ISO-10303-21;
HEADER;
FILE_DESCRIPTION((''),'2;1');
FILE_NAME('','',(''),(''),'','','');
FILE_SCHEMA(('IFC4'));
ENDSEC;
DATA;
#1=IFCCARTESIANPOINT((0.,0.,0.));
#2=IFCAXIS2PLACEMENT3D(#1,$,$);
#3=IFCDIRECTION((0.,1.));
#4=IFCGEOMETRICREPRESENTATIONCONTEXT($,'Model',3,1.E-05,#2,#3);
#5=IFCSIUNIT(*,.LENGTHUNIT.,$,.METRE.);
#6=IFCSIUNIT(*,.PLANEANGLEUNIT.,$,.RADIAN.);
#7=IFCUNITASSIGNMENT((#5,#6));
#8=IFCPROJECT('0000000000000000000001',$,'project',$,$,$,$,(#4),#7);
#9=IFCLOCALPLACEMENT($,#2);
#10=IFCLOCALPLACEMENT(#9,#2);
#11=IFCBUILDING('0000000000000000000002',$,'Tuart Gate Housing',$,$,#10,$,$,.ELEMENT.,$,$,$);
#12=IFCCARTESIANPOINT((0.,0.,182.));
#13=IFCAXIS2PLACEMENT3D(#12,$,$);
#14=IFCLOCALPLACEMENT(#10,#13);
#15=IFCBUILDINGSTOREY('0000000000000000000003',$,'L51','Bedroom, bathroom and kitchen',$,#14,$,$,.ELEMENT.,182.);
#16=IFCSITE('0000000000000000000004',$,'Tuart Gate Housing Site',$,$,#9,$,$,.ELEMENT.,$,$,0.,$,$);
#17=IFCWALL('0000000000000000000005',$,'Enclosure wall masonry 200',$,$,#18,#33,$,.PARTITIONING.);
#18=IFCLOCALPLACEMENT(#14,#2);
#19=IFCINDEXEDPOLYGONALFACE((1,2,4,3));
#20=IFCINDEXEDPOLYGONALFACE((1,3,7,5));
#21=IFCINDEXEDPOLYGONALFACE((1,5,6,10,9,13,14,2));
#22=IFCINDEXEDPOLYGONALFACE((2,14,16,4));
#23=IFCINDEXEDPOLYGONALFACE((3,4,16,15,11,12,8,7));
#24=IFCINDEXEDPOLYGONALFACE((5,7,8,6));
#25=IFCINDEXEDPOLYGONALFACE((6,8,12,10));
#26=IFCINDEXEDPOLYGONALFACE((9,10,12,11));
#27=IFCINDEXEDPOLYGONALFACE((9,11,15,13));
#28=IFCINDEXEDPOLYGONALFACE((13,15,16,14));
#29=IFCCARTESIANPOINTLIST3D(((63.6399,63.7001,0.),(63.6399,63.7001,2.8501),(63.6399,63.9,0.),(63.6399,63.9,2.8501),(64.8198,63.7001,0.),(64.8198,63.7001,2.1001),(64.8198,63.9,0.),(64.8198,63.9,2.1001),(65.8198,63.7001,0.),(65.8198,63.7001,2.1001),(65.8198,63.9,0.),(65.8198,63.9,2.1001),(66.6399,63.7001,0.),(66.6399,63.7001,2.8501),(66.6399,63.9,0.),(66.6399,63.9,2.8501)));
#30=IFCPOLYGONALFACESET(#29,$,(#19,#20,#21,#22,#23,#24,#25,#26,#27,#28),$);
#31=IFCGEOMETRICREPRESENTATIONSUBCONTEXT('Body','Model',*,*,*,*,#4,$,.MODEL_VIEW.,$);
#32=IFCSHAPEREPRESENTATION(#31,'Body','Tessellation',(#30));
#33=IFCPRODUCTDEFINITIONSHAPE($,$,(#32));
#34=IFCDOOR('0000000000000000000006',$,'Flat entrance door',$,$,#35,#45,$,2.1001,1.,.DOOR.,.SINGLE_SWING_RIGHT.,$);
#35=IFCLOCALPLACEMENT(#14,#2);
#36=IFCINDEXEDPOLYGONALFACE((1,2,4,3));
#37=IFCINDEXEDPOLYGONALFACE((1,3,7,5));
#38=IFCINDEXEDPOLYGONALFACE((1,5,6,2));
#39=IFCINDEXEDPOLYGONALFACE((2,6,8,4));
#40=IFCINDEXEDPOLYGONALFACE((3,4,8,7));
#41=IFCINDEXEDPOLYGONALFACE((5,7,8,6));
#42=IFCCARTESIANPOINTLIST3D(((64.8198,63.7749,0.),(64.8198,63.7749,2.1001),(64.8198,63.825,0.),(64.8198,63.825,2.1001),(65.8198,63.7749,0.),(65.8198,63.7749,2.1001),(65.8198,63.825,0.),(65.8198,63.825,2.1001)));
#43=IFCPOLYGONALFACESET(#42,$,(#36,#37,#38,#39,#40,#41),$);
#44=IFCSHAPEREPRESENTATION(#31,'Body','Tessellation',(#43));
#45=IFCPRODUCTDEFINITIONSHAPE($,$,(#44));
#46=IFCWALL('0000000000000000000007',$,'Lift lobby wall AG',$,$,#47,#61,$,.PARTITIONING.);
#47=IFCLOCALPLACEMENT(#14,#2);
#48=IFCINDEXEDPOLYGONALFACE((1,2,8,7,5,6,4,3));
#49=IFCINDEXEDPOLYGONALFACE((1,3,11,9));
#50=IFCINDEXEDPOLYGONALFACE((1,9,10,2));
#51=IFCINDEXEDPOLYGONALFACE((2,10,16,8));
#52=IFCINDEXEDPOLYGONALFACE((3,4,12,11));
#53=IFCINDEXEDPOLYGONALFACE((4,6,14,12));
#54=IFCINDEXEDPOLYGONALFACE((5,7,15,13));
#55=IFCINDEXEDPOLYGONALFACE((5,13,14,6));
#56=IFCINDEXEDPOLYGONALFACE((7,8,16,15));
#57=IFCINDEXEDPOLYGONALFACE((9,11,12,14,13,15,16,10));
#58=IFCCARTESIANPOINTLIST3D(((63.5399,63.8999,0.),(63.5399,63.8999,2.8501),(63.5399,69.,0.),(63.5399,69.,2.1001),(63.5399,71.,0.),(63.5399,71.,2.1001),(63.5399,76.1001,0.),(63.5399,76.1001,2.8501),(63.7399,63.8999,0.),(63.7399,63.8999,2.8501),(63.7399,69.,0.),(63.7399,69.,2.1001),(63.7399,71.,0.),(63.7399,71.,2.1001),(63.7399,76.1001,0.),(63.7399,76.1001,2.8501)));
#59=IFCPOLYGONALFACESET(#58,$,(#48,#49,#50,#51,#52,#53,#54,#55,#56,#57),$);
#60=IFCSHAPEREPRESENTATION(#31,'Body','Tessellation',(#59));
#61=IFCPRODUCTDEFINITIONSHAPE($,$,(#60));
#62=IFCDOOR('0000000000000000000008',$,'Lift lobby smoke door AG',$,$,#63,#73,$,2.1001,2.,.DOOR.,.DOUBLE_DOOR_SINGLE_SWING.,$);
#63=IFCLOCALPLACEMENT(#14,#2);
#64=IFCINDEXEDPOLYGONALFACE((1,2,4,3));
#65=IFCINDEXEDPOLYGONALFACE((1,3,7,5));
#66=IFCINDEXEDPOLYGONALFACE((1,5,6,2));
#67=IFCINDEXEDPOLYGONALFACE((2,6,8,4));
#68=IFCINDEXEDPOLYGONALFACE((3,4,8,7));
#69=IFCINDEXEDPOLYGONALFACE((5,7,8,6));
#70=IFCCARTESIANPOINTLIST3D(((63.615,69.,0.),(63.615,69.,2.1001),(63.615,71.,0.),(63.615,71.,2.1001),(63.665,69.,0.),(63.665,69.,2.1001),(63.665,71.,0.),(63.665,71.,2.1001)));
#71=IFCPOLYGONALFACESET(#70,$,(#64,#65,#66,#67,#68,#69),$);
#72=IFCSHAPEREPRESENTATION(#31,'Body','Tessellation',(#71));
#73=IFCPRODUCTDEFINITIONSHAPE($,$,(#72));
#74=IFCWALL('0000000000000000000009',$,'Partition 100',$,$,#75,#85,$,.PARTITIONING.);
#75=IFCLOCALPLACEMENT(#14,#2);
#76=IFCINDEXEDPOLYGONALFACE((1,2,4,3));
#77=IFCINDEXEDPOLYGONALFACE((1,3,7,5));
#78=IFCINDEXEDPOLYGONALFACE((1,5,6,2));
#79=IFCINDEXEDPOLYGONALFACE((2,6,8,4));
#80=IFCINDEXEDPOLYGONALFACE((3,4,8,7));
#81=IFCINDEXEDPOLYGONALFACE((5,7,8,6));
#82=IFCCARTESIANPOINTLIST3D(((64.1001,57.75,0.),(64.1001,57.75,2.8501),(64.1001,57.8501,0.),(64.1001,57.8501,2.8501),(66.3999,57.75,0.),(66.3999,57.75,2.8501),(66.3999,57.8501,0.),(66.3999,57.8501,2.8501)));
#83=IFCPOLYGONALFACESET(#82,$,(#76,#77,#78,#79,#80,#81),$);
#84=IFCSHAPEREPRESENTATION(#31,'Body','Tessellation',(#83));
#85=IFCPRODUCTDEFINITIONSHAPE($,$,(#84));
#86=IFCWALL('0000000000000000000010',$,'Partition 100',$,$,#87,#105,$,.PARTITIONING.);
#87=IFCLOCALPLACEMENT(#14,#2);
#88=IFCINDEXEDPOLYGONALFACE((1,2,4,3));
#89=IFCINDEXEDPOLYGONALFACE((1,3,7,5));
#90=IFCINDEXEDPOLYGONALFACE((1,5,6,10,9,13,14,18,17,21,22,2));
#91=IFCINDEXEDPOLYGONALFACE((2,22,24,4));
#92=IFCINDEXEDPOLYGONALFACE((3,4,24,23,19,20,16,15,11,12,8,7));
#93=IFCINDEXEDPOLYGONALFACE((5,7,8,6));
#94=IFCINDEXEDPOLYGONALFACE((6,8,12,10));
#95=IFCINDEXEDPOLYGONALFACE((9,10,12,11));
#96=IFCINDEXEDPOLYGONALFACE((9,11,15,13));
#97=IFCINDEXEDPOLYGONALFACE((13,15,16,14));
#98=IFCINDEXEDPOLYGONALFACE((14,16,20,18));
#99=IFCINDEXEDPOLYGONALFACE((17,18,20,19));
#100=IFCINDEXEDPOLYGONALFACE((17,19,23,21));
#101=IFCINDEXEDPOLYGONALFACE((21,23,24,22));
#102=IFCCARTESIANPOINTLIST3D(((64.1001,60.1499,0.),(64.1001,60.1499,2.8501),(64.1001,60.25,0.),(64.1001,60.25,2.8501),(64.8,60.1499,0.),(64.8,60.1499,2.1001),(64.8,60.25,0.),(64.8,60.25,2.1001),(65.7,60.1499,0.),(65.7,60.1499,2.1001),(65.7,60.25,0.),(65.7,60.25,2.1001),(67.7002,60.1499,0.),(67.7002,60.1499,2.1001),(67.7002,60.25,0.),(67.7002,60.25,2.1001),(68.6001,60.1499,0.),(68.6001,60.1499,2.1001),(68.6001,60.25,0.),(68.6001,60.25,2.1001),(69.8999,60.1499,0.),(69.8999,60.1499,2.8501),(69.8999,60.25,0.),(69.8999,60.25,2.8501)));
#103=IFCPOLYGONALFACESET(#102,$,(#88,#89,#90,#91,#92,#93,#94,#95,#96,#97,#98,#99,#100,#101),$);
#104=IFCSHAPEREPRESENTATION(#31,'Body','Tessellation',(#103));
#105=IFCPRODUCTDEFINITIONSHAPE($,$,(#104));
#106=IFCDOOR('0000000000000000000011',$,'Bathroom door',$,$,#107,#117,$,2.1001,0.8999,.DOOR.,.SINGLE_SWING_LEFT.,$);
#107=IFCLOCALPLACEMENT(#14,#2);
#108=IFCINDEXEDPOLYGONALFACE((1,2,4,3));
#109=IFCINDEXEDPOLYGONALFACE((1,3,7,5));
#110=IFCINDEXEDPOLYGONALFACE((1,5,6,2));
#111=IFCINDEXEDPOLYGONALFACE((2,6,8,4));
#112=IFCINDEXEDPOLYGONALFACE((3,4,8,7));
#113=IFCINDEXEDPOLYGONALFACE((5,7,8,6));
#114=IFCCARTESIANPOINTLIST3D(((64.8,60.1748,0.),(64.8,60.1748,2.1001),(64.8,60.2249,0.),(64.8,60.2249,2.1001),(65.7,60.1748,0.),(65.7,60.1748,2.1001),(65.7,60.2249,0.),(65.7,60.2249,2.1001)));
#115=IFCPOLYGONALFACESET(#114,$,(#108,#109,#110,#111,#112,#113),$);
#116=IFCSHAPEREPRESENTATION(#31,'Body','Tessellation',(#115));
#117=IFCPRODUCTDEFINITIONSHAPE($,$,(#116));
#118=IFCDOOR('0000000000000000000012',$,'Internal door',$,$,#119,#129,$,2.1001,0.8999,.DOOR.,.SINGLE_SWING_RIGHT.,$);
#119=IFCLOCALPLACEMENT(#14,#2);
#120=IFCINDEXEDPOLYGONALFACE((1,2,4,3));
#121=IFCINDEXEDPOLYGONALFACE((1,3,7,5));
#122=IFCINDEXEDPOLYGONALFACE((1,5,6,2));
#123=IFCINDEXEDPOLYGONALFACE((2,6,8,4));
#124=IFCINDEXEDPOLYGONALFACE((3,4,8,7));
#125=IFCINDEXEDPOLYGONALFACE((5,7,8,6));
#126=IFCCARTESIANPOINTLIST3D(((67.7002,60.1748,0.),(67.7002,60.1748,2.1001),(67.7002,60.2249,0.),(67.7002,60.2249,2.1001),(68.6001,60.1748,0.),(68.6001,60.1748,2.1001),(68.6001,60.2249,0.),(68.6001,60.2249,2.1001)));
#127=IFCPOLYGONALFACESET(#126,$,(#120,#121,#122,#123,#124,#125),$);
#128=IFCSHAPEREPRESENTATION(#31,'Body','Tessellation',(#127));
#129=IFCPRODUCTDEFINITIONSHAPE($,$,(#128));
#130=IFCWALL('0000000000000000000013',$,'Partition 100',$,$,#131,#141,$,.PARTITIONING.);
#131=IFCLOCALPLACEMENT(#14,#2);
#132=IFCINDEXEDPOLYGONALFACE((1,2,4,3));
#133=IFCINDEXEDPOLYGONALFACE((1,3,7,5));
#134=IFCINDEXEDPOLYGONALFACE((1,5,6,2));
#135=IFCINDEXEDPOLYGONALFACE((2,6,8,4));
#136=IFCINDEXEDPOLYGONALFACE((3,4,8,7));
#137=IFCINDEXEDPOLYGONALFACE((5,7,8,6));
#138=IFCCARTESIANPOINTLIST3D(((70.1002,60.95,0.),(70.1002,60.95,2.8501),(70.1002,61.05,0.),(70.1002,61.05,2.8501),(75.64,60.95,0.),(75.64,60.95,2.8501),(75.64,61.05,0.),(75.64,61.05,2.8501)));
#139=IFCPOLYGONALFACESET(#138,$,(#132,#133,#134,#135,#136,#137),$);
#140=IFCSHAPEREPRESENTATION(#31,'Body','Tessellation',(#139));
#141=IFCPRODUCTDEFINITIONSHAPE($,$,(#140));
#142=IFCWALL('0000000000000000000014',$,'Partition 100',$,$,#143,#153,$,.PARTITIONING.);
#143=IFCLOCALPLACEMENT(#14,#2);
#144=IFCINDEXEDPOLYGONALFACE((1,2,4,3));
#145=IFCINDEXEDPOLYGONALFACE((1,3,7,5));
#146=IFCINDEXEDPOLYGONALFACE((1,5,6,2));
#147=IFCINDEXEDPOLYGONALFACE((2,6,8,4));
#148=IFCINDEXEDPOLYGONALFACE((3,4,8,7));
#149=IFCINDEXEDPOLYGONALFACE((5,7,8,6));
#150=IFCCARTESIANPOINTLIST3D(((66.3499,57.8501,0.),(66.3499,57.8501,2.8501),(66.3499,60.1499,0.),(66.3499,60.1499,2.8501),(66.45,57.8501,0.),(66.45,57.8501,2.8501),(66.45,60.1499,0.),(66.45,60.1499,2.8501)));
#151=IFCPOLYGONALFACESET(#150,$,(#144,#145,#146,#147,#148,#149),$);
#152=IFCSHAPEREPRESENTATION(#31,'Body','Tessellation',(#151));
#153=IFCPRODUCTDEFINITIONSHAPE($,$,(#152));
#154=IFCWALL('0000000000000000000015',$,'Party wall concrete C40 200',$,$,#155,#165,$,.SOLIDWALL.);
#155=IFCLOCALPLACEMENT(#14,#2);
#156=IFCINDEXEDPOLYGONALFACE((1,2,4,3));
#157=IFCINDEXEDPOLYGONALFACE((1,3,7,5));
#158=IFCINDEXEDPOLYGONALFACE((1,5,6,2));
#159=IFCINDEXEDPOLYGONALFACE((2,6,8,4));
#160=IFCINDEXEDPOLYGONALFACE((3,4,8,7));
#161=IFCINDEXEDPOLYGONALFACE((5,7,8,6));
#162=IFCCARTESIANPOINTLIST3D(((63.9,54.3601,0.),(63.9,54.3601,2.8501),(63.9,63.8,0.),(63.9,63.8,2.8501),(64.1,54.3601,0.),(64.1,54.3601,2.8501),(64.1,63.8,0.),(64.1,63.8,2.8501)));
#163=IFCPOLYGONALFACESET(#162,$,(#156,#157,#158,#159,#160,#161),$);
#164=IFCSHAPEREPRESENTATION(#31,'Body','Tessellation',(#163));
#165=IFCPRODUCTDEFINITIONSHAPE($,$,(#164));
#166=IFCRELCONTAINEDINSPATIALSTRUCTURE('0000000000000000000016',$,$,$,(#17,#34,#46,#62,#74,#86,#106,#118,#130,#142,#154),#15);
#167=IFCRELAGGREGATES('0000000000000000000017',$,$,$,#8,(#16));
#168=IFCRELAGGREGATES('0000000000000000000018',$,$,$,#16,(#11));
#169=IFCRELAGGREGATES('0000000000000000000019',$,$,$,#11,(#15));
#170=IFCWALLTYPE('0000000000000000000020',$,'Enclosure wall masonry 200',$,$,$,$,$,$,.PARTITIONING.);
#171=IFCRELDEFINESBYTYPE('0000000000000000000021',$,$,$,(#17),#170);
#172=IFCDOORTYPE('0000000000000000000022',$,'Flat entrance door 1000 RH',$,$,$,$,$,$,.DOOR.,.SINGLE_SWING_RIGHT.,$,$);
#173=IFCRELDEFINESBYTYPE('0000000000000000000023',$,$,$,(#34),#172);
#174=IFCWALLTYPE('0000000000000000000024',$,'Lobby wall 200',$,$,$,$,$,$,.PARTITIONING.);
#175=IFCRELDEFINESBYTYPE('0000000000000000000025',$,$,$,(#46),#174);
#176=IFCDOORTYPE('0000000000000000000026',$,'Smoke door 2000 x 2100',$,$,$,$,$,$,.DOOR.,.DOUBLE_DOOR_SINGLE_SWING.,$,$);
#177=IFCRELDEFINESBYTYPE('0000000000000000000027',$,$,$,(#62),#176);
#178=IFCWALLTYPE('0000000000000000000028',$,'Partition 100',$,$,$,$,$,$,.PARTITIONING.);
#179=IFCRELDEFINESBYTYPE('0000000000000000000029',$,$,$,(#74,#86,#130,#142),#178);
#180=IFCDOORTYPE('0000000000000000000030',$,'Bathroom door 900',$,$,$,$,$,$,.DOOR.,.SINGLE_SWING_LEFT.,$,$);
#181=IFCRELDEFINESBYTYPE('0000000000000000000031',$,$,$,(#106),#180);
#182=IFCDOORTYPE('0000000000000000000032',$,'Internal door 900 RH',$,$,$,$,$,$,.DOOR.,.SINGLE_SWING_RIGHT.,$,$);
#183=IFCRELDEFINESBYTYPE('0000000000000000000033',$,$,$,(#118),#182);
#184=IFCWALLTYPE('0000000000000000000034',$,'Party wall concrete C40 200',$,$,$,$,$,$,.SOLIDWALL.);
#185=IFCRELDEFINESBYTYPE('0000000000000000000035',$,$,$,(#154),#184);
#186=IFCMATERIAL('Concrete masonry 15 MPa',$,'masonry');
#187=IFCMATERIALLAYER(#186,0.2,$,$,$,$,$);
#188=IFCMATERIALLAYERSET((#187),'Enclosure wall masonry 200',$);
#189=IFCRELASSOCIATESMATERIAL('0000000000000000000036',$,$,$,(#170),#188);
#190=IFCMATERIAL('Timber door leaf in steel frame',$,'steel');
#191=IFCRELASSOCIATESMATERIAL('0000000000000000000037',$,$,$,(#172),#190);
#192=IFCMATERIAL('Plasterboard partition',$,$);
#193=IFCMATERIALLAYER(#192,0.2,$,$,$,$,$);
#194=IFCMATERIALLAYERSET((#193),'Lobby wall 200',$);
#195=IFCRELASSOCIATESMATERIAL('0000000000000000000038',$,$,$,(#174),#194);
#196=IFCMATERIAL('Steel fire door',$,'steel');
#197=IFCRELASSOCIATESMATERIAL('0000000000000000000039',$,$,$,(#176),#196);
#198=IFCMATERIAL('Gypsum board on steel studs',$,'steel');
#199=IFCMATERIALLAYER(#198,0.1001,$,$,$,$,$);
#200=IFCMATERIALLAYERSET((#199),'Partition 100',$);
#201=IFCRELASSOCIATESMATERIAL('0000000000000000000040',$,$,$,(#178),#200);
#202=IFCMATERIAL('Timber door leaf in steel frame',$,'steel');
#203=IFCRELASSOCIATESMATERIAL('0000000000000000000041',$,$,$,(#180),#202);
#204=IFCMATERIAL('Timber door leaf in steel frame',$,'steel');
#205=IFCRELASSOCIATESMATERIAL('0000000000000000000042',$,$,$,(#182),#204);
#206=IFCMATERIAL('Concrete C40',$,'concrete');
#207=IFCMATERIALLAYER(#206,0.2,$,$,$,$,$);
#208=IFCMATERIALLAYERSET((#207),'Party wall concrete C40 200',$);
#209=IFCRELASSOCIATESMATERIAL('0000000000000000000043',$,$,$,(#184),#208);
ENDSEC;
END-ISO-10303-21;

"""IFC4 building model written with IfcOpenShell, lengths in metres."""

from ifc_helpers import new_model, si_unit, direction, frame, frame_2d, origin, place, context, subcontext, project, spatial, rectangle, extrude, material, layer, layer_set, type_object, element, fill, save


model = new_model("IFC4")

# Units and contexts
model_context = context("Model", 3, precision=1e-05, world=origin(), true_north=direction((0.0, 1.0)))
body_context = subcontext(model_context, "Body", "Model", "MODEL_VIEW")
ifc_project = project(units=[si_unit("LENGTHUNIT", "METRE"), si_unit("PLANEANGLEUNIT", "RADIAN")], contexts=[model_context])

# Site, building, storey
site_placement = place(None, origin())
site = spatial("IfcSite", under=ifc_project, at=site_placement, Name="Tuart Gate Housing Site", CompositionType="ELEMENT", RefElevation=0.0)
building_placement = place(site_placement, origin())
building = spatial("IfcBuilding", under=site, at=building_placement, Name="Tuart Gate Housing", CompositionType="ELEMENT")
storey_placement = place(building_placement, frame((0.0, 0.0, 182.0)))
storey = spatial("IfcBuildingStorey", under=building, at=storey_placement, Name="L51", Description="Bedroom, bathroom and kitchen", CompositionType="ELEMENT", Elevation=182.0)

# Walls, openings, doors
ifc_material_1 = material(Name="Concrete masonry 15 MPa", Category="masonry")
ifc_layer_1 = layer(ifc_material_1, 0.2)
ifc_layer_set_1 = layer_set([ifc_layer_1], Name="Enclosure wall masonry 200")
wall_type_1 = type_object("IfcWallType", Name="Enclosure wall masonry 200", PredefinedType="PARTITIONING", material=ifc_layer_set_1)
wall_1_placement = place(storey_placement, frame((63.6399, 63.8, 0.0), z_axis=(0.0, 0.0, 1.0), x_axis=(1.0, 0.0, 0.0)))
wall_1 = element("IfcWall", 1, at=wall_1_placement, inside=storey, type_object=wall_type_1, Name="Enclosure wall masonry 200", PredefinedType="PARTITIONING", context=body_context, shape_type="SweptSolid", body=[
    extrude(rectangle(XDim=3.0, YDim=0.2, at=frame_2d((1.5, 0.0))), origin(), (0.0, 0.0, 1.0), 2.8501),
])
opening_1_placement = place(wall_1_placement, frame((1.1799, 0.0, 0.0)))
opening_1 = element("IfcOpeningElement", 2, at=opening_1_placement, cuts=wall_1, PredefinedType="OPENING", context=body_context, shape_type="SweptSolid", body=[
    extrude(rectangle(XDim=1.0, YDim=2.1001, at=frame_2d((0.5, 1.05))), frame((0.0, 0.1099, 0.0), z_axis=(0.0, -1.0, 0.0), x_axis=(1.0, 0.0, 0.0)), (0.0, 0.0, 1.0), 0.22),
])
ifc_material_2 = material(Name="Timber door leaf in steel frame", Category="steel")
door_type_1 = type_object("IfcDoorType", Name="Flat entrance door 1000 RH", OperationType="SINGLE_SWING_RIGHT", PredefinedType="DOOR", material=ifc_material_2)
door_1_placement = place(opening_1_placement, frame((1.0, 0.0, 0.0), z_axis=(0.0, 0.0, 1.0), x_axis=(-1.0, 0.0, 0.0)))
door_1 = element("IfcDoor", 3, at=door_1_placement, inside=storey, type_object=door_type_1, Name="Flat entrance door", OperationType="SINGLE_SWING_RIGHT", OverallHeight=2.1001, OverallWidth=1.0, PredefinedType="DOOR", context=body_context, shape_type="SweptSolid", body=[
    extrude(rectangle(XDim=1.0, YDim=2.1001, at=frame_2d((0.5, 1.05))), frame((0.0, 0.0251, 0.0), z_axis=(0.0, -1.0, 0.0), x_axis=(1.0, 0.0, 0.0)), (0.0, 0.0, 1.0), 0.05),
])
fill(opening_1, door_1)
ifc_material_3 = material(Name="Plasterboard partition")
ifc_layer_2 = layer(ifc_material_3, 0.2)
ifc_layer_set_2 = layer_set([ifc_layer_2], Name="Lobby wall 200")
wall_type_2 = type_object("IfcWallType", Name="Lobby wall 200", PredefinedType="PARTITIONING", material=ifc_layer_set_2)
wall_2_placement = place(storey_placement, frame((63.6399, 63.8999, 0.0), z_axis=(0.0, 0.0, 1.0), x_axis=(0.0, 1.0, 0.0)))
wall_2 = element("IfcWall", 4, at=wall_2_placement, inside=storey, type_object=wall_type_2, Name="Lift lobby wall AG", PredefinedType="PARTITIONING", context=body_context, shape_type="SweptSolid", body=[
    extrude(rectangle(XDim=12.2002, YDim=0.2, at=frame_2d((6.1001, 0.0))), origin(), (0.0, 0.0, 1.0), 2.8501),
])
opening_2_placement = place(wall_2_placement, frame((5.1001, 0.0, 0.0)))
opening_2 = element("IfcOpeningElement", 5, at=opening_2_placement, cuts=wall_2, PredefinedType="OPENING", context=body_context, shape_type="SweptSolid", body=[
    extrude(rectangle(XDim=2.0, YDim=2.1001, at=frame_2d((1.0, 1.05))), frame((0.0, 0.1099, 0.0), z_axis=(0.0, -1.0, 0.0), x_axis=(1.0, 0.0, 0.0)), (0.0, 0.0, 1.0), 0.22),
])
ifc_material_4 = material(Name="Steel fire door", Category="steel")
door_type_2 = type_object("IfcDoorType", Name="Smoke door 2000 x 2100", OperationType="DOUBLE_DOOR_SINGLE_SWING", PredefinedType="DOOR", material=ifc_material_4)
door_2_placement = place(opening_2_placement, frame((2.0, 0.0, 0.0), z_axis=(0.0, 0.0, 1.0), x_axis=(-1.0, 0.0, 0.0)))
door_2 = element("IfcDoor", 6, at=door_2_placement, inside=storey, type_object=door_type_2, Name="Lift lobby smoke door AG", OperationType="DOUBLE_DOOR_SINGLE_SWING", OverallHeight=2.1001, OverallWidth=2.0, PredefinedType="DOOR", context=body_context, shape_type="SweptSolid", body=[
    extrude(rectangle(XDim=2.0, YDim=2.1001, at=frame_2d((1.0, 1.05))), frame((0.0, 0.0251, 0.0), z_axis=(0.0, -1.0, 0.0), x_axis=(1.0, 0.0, 0.0)), (0.0, 0.0, 1.0), 0.05),
])
fill(opening_2, door_2)

# Wall
ifc_material_5 = material(Name="Gypsum board on steel studs", Category="steel")
ifc_layer_3 = layer(ifc_material_5, 0.1001)
ifc_layer_set_3 = layer_set([ifc_layer_3], Name="Partition 100")
wall_type_3 = type_object("IfcWallType", Name="Partition 100", PredefinedType="PARTITIONING", material=ifc_layer_set_3)
wall_3_placement = place(storey_placement, frame((64.1001, 57.8, 0.0), z_axis=(0.0, 0.0, 1.0), x_axis=(1.0, 0.0, 0.0)))
element("IfcWall", 7, at=wall_3_placement, inside=storey, type_object=wall_type_3, Name="Partition 100", PredefinedType="PARTITIONING", context=body_context, shape_type="SweptSolid", body=[
    extrude(rectangle(XDim=2.2998, YDim=0.1001, at=frame_2d((1.1499, 0.0))), origin(), (0.0, 0.0, 1.0), 2.8501),
])

# Wall, openings, doors
wall_4_placement = place(storey_placement, frame((64.1001, 60.2, 0.0), z_axis=(0.0, 0.0, 1.0), x_axis=(1.0, 0.0, 0.0)))
wall_4 = element("IfcWall", 8, at=wall_4_placement, inside=storey, type_object=wall_type_3, Name="Partition 100", PredefinedType="PARTITIONING", context=body_context, shape_type="SweptSolid", body=[
    extrude(rectangle(XDim=5.7998, YDim=0.1001, at=frame_2d((2.8999, 0.0))), origin(), (0.0, 0.0, 1.0), 2.8501),
])
opening_3_placement = place(wall_4_placement, frame((3.6001, 0.0, 0.0)))
opening_3 = element("IfcOpeningElement", 9, at=opening_3_placement, cuts=wall_4, PredefinedType="OPENING", context=body_context, shape_type="SweptSolid", body=[
    extrude(rectangle(XDim=0.8999, YDim=2.1001, at=frame_2d((0.45, 1.05))), frame((0.0, 0.0601, 0.0), z_axis=(0.0, -1.0, 0.0), x_axis=(1.0, 0.0, 0.0)), (0.0, 0.0, 1.0), 0.1201),
])
opening_4_placement = place(wall_4_placement, frame((0.7, 0.0, 0.0)))
opening_4 = element("IfcOpeningElement", 10, at=opening_4_placement, cuts=wall_4, PredefinedType="OPENING", context=body_context, shape_type="SweptSolid", body=[
    extrude(rectangle(XDim=0.8999, YDim=2.1001, at=frame_2d((0.45, 1.05))), frame((0.0, 0.0601, 0.0), z_axis=(0.0, -1.0, 0.0), x_axis=(1.0, 0.0, 0.0)), (0.0, 0.0, 1.0), 0.1201),
])
ifc_material_6 = material(Name="Timber door leaf in steel frame", Category="steel")
door_type_3 = type_object("IfcDoorType", Name="Bathroom door 900", OperationType="SINGLE_SWING_LEFT", PredefinedType="DOOR", material=ifc_material_6)
door_3_placement = place(opening_4_placement, frame((0.8999, 0.0, 0.0), z_axis=(0.0, 0.0, 1.0), x_axis=(-1.0, 0.0, 0.0)))
door_3 = element("IfcDoor", 11, at=door_3_placement, inside=storey, type_object=door_type_3, Name="Bathroom door", OperationType="SINGLE_SWING_LEFT", OverallHeight=2.1001, OverallWidth=0.8999, PredefinedType="DOOR", context=body_context, shape_type="SweptSolid", body=[
    extrude(rectangle(XDim=0.8999, YDim=2.1001, at=frame_2d((0.45, 1.05))), frame((0.0, 0.0251, 0.0), z_axis=(0.0, -1.0, 0.0), x_axis=(1.0, 0.0, 0.0)), (0.0, 0.0, 1.0), 0.05),
])
fill(opening_4, door_3)
ifc_material_7 = material(Name="Timber door leaf in steel frame", Category="steel")
door_type_4 = type_object("IfcDoorType", Name="Internal door 900 RH", OperationType="SINGLE_SWING_RIGHT", PredefinedType="DOOR", material=ifc_material_7)
door_4_placement = place(opening_3_placement, origin())
door_4 = element("IfcDoor", 12, at=door_4_placement, inside=storey, type_object=door_type_4, Name="Internal door", OperationType="SINGLE_SWING_RIGHT", OverallHeight=2.1001, OverallWidth=0.8999, PredefinedType="DOOR", context=body_context, shape_type="SweptSolid", body=[
    extrude(rectangle(XDim=0.8999, YDim=2.1001, at=frame_2d((0.45, 1.05))), frame((0.0, 0.0249, 0.0), z_axis=(0.0, -1.0, 0.0), x_axis=(1.0, 0.0, 0.0)), (0.0, 0.0, 1.0), 0.05),
])
fill(opening_3, door_4)

# Walls
wall_5_placement = place(storey_placement, frame((70.1001, 61.0, 0.0), z_axis=(0.0, 0.0, 1.0), x_axis=(1.0, 0.0, 0.0)))
element("IfcWall", 13, at=wall_5_placement, inside=storey, type_object=wall_type_3, Name="Partition 100", PredefinedType="PARTITIONING", context=body_context, shape_type="SweptSolid", body=[
    extrude(rectangle(XDim=5.5398, YDim=0.1001, at=frame_2d((2.77, 0.0))), origin(), (0.0, 0.0, 1.0), 2.8501),
])
wall_6_placement = place(storey_placement, frame((66.3999, 57.8501, 0.0), z_axis=(0.0, 0.0, 1.0), x_axis=(0.0, 1.0, 0.0)))
element("IfcWall", 14, at=wall_6_placement, inside=storey, type_object=wall_type_3, Name="Partition 100", PredefinedType="PARTITIONING", context=body_context, shape_type="SweptSolid", body=[
    extrude(rectangle(XDim=2.2998, YDim=0.1001, at=frame_2d((1.1499, 0.0))), origin(), (0.0, 0.0, 1.0), 2.8501),
])
ifc_material_8 = material(Name="Concrete C40", Category="concrete")
ifc_layer_4 = layer(ifc_material_8, 0.2)
ifc_layer_set_4 = layer_set([ifc_layer_4], Name="Party wall concrete C40 200")
wall_type_4 = type_object("IfcWallType", Name="Party wall concrete C40 200", PredefinedType="SOLIDWALL", material=ifc_layer_set_4)
wall_7_placement = place(storey_placement, frame((64.0, 54.3601, 0.0), z_axis=(0.0, 0.0, 1.0), x_axis=(0.0, 1.0, 0.0)))
element("IfcWall", 15, at=wall_7_placement, inside=storey, type_object=wall_type_4, Name="Party wall concrete C40 200", PredefinedType="SOLIDWALL", context=body_context, shape_type="SweptSolid", body=[
    extrude(rectangle(XDim=9.4399, YDim=0.2, at=frame_2d((4.72, 0.0))), origin(), (0.0, 0.0, 1.0), 2.8501),
])

save(model, "model.ifc")
